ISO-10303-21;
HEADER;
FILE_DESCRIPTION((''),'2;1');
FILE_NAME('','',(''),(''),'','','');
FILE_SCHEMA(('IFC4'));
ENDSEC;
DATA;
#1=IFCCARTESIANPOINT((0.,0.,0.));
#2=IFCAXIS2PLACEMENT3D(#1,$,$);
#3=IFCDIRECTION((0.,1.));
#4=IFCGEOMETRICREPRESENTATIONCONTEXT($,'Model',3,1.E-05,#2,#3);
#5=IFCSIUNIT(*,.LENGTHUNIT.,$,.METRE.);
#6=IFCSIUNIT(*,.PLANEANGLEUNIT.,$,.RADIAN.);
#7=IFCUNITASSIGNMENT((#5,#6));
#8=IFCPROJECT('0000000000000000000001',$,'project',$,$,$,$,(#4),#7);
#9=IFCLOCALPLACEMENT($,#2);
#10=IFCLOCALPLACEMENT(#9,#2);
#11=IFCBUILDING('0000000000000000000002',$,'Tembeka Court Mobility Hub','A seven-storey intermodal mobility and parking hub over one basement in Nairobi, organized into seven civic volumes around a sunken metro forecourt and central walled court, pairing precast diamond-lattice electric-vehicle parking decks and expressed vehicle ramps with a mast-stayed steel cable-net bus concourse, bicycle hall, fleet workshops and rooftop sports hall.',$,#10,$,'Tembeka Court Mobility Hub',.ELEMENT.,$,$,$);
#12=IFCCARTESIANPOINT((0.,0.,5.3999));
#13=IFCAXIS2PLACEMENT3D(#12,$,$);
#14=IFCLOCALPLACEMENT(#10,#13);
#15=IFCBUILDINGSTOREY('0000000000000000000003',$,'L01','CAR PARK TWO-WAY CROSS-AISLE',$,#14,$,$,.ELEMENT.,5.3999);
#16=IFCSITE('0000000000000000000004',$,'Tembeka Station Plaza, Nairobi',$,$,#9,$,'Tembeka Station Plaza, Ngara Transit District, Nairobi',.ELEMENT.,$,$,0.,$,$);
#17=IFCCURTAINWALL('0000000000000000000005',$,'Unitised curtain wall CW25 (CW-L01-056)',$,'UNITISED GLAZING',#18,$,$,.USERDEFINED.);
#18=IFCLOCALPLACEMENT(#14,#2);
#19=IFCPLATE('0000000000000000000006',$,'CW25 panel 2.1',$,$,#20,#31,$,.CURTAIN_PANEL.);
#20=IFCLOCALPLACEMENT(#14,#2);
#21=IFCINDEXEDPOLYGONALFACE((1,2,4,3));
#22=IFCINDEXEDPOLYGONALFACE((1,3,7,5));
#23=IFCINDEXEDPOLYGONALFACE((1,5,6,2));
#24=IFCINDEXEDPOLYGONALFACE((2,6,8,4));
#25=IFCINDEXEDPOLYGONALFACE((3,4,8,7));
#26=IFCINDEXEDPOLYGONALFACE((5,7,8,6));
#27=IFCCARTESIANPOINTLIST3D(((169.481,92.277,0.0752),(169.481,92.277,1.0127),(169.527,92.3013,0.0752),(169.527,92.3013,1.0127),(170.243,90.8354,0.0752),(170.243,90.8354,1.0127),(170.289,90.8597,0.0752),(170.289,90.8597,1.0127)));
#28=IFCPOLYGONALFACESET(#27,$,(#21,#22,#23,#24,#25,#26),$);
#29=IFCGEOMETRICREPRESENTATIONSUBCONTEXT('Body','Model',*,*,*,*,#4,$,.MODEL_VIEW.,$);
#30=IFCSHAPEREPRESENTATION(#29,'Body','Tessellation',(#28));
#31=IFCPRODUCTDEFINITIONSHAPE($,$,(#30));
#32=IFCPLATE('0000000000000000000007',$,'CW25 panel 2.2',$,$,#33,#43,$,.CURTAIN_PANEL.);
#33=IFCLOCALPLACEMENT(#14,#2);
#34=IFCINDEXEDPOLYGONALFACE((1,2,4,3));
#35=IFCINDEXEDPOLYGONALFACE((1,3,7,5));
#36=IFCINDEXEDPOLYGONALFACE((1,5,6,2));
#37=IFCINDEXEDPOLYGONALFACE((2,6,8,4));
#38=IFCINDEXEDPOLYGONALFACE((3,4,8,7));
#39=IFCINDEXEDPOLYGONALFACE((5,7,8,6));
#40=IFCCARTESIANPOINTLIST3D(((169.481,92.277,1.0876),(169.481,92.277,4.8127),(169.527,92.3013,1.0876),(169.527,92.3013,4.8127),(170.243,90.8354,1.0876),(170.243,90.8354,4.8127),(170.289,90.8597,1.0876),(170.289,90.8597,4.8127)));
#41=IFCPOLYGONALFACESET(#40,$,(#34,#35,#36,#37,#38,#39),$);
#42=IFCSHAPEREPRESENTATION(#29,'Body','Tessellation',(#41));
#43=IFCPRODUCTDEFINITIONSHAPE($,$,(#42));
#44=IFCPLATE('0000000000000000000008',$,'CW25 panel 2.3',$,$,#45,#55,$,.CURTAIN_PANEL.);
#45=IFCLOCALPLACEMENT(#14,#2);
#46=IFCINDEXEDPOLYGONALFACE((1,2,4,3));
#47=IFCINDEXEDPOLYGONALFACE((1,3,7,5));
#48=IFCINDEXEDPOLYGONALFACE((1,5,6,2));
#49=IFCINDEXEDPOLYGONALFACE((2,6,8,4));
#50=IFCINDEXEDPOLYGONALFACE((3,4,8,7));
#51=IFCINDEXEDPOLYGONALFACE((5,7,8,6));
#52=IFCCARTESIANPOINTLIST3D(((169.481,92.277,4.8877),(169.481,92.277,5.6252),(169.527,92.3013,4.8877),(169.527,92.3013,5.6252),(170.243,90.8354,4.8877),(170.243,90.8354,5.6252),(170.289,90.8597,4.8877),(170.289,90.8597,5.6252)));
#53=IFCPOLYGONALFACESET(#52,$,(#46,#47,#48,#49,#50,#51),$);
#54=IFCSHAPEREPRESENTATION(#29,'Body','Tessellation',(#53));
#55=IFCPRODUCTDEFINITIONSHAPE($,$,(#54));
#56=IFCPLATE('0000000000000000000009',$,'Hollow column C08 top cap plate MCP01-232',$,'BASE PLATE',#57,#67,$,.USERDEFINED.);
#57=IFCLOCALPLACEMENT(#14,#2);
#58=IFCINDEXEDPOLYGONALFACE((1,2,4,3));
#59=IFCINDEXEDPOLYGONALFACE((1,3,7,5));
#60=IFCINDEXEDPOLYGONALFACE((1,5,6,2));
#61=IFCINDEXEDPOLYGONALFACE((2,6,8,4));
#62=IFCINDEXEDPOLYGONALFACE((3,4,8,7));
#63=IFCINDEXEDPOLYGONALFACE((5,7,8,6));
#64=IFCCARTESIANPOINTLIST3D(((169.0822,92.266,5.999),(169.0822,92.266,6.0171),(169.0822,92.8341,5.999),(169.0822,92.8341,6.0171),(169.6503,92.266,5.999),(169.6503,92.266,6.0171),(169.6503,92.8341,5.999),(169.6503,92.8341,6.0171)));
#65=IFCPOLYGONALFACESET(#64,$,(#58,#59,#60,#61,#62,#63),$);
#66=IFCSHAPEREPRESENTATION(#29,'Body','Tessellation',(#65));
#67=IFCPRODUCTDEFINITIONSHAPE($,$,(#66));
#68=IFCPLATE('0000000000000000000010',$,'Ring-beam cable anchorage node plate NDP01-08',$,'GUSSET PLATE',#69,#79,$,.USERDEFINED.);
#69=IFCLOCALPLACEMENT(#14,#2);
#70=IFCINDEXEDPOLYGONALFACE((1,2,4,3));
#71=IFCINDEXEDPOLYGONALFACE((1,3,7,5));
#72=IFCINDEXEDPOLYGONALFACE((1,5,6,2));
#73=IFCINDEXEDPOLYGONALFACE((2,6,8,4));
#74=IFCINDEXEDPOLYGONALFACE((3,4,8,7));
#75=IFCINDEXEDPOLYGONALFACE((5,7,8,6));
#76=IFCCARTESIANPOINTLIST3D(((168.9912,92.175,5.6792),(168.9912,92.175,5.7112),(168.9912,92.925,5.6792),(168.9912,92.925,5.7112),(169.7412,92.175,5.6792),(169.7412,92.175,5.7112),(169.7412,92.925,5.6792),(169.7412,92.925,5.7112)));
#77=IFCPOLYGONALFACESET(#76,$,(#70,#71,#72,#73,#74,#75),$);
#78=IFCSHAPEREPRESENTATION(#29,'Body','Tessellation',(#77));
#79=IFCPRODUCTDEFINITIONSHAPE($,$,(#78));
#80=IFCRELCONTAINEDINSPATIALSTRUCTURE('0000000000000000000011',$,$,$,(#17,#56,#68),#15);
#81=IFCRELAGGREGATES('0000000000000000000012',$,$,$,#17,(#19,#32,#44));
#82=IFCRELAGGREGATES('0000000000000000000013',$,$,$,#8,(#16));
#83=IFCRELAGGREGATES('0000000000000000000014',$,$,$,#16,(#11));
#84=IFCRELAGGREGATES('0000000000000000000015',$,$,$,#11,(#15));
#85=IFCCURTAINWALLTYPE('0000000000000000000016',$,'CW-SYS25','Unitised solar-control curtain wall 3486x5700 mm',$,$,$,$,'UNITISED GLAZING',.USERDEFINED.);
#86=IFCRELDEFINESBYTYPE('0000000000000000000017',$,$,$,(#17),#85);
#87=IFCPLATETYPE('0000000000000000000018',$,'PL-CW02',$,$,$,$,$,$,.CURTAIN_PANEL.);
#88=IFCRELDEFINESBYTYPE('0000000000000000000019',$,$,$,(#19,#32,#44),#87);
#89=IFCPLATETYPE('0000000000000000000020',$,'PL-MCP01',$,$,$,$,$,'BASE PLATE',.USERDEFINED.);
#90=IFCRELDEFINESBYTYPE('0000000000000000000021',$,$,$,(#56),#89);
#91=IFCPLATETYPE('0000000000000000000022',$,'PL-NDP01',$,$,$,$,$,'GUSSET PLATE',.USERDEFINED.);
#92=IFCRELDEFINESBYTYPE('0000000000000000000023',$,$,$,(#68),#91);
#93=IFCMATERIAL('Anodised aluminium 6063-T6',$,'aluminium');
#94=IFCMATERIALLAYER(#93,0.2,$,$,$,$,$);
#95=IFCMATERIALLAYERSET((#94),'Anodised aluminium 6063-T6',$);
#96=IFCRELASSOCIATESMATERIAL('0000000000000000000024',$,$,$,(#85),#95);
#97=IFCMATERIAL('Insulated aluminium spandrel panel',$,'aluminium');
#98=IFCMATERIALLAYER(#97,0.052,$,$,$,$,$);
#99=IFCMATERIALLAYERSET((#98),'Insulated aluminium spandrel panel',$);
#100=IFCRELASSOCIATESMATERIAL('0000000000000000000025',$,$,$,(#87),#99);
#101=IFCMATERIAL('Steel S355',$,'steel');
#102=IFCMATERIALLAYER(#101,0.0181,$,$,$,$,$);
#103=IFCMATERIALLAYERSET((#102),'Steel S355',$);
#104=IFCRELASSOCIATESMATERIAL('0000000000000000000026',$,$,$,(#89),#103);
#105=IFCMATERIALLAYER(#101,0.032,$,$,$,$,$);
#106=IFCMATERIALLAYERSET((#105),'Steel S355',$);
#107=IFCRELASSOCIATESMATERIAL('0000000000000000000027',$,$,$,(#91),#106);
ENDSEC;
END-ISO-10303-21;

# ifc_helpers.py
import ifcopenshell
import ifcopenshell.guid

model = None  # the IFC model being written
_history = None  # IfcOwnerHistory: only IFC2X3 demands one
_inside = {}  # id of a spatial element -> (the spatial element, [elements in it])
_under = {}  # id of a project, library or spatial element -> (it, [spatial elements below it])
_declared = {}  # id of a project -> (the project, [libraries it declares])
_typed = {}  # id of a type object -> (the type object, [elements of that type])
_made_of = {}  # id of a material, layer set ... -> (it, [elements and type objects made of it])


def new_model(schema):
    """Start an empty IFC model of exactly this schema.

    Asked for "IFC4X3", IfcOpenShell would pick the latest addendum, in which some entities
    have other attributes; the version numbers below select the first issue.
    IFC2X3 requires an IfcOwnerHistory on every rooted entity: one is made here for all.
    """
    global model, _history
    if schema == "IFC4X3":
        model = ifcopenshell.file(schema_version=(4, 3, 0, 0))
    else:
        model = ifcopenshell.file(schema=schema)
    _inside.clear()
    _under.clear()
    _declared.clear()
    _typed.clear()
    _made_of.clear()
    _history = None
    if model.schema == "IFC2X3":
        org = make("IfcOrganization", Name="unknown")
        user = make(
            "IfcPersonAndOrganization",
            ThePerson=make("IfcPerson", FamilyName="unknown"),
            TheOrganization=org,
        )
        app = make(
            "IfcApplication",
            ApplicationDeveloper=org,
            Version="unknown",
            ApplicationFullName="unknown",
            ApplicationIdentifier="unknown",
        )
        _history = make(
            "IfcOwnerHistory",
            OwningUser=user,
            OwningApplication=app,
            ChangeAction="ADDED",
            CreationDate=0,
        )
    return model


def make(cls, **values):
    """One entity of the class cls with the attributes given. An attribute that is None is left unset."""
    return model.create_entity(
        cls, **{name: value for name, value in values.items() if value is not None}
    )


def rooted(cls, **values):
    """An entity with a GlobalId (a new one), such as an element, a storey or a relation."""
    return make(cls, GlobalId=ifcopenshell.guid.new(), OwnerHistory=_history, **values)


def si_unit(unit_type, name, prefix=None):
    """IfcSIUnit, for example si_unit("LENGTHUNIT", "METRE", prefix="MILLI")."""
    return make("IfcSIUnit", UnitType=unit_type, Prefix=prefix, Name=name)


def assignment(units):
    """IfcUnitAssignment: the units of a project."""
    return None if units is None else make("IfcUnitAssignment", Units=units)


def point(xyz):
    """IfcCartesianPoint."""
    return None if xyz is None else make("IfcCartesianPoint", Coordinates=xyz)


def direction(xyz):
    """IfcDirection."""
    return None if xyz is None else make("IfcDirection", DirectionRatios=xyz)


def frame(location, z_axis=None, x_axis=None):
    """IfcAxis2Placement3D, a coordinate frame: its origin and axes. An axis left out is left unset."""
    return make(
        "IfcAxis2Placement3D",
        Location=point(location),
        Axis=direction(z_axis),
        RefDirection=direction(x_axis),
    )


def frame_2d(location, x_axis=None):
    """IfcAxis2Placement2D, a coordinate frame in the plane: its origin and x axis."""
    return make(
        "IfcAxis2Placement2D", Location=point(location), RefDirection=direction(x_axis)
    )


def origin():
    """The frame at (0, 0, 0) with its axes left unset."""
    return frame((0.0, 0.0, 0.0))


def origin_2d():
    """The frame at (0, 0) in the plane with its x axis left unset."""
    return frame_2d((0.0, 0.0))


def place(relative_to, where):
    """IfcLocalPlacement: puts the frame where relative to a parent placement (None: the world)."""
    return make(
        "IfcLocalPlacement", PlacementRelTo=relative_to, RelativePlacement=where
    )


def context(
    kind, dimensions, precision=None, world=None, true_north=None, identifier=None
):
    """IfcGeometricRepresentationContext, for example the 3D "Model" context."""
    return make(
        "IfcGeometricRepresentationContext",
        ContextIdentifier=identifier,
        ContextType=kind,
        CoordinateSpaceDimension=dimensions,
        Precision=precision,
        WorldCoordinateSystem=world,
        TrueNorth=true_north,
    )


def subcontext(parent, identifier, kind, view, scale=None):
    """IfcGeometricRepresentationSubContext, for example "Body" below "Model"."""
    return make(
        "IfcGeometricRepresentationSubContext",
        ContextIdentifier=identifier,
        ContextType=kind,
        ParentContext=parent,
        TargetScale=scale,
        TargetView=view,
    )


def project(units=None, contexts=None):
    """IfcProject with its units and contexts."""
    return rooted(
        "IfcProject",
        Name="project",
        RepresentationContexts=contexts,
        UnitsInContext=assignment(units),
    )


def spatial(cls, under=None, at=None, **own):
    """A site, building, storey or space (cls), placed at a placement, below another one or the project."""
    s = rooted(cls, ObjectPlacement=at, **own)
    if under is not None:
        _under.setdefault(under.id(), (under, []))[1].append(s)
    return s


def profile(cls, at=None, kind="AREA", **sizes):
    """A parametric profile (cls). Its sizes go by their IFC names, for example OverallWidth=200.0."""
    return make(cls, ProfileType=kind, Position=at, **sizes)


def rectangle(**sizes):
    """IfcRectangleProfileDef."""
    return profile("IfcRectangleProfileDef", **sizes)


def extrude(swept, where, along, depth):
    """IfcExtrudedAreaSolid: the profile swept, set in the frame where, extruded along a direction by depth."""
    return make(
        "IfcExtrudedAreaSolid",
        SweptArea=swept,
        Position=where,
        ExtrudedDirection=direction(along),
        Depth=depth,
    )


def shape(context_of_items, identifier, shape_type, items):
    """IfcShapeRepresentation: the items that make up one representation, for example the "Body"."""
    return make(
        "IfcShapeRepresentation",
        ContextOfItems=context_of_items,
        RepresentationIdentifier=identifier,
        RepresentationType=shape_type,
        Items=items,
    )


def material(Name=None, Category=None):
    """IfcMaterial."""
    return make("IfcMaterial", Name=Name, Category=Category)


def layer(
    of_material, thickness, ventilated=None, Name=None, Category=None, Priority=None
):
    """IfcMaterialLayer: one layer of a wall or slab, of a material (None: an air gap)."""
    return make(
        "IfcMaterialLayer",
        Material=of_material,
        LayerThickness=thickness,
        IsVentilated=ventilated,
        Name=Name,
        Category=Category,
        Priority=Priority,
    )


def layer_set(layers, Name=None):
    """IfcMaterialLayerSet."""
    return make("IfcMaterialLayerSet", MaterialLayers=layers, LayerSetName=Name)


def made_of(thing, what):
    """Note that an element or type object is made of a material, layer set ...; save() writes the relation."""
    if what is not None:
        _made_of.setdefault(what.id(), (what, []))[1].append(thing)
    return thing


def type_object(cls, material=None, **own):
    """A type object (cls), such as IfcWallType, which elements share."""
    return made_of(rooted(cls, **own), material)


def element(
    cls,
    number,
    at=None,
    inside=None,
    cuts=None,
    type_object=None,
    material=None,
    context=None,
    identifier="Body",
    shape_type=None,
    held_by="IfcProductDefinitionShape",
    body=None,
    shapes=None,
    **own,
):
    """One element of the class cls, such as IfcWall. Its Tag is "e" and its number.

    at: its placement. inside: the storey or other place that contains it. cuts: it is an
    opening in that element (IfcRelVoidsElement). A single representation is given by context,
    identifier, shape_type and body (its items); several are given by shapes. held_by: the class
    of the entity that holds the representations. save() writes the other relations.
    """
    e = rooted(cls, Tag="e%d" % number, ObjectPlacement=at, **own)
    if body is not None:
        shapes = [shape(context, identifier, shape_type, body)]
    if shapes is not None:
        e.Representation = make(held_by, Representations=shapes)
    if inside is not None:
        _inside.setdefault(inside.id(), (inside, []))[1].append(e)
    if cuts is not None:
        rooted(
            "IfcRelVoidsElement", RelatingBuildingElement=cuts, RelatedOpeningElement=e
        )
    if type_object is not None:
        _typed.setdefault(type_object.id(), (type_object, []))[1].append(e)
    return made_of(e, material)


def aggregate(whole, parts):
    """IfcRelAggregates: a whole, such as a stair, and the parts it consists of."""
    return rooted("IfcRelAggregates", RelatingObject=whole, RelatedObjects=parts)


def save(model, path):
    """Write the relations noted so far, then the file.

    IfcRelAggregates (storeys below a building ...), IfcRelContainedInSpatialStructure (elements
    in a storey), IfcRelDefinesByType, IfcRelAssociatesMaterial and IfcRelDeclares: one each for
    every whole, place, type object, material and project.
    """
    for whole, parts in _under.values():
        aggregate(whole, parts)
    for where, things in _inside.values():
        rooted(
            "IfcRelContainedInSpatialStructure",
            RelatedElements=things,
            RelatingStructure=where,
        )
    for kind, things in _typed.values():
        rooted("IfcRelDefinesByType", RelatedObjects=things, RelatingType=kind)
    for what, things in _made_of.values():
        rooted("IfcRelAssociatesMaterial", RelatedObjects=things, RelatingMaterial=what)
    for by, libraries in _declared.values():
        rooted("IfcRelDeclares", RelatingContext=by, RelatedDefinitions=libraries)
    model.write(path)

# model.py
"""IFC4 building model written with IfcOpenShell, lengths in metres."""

from ifc_helpers import new_model, si_unit, direction, frame, origin, origin_2d, place, context, subcontext, project, spatial, rectangle, extrude, material, layer, layer_set, type_object, element, aggregate, save


model = new_model("IFC4")

# Units and contexts
model_context = context("Model", 3, precision=1e-05, world=origin(), true_north=direction((0.0, 1.0)))
body_context = subcontext(model_context, "Body", "Model", "MODEL_VIEW")
ifc_project = project(units=[si_unit("LENGTHUNIT", "METRE"), si_unit("PLANEANGLEUNIT", "RADIAN")], contexts=[model_context])

# Site, building, storey
site_placement = place(None, origin())
site = spatial("IfcSite", under=ifc_project, at=site_placement, Name="Tembeka Station Plaza, Nairobi", LongName="Tembeka Station Plaza, Ngara Transit District, Nairobi", CompositionType="ELEMENT", RefElevation=0.0)
building_placement = place(site_placement, origin())
building = spatial("IfcBuilding", under=site, at=building_placement, Name="Tembeka Court Mobility Hub", Description="A seven-storey intermodal mobility and parking hub over one basement in Nairobi, organized into seven civic volumes around a sunken metro forecourt and central walled court, pairing precast diamond-lattice electric-vehicle parking decks and expressed vehicle ramps with a mast-stayed steel cable-net bus concourse, bicycle hall, fleet workshops and rooftop sports hall.", LongName="Tembeka Court Mobility Hub", CompositionType="ELEMENT")
storey_placement = place(building_placement, frame((0.0, 0.0, 5.3999)))
storey = spatial("IfcBuildingStorey", under=building, at=storey_placement, Name="L01", Description="CAR PARK TWO-WAY CROSS-AISLE", CompositionType="ELEMENT", Elevation=5.3999)

# Shared definitions
ifc_material_1 = material(Name="Steel S355", Category="steel")

# Curtain wall
ifc_material_2 = material(Name="Anodised aluminium 6063-T6", Category="aluminium")
ifc_layer_1 = layer(ifc_material_2, 0.2)
ifc_layer_set_1 = layer_set([ifc_layer_1], Name="Anodised aluminium 6063-T6")
curtain_wall_type = type_object("IfcCurtainWallType", Name="CW-SYS25", Description="Unitised solar-control curtain wall 3486x5700 mm", ElementType="UNITISED GLAZING", PredefinedType="USERDEFINED", material=ifc_layer_set_1)
curtain_wall_1_placement = place(storey_placement, origin())
curtain_wall_1 = element("IfcCurtainWall", 1, at=curtain_wall_1_placement, inside=storey, type_object=curtain_wall_type, Name="Unitised curtain wall CW25 (CW-L01-056)", ObjectType="UNITISED GLAZING", PredefinedType="USERDEFINED")

# Plates
ifc_material_3 = material(Name="Insulated aluminium spandrel panel", Category="aluminium")
ifc_layer_2 = layer(ifc_material_3, 0.052)
ifc_layer_set_2 = layer_set([ifc_layer_2], Name="Insulated aluminium spandrel panel")
plate_type_1 = type_object("IfcPlateType", Name="PL-CW02", PredefinedType="CURTAIN_PANEL", material=ifc_layer_set_2)
plate_1_placement = place(storey_placement, frame((169.885, 91.5684, 0.0752), z_axis=(0.0, 0.0, 1.0), x_axis=(-0.467283, 0.884108, 0.0)))
plate_1 = element("IfcPlate", 2, at=plate_1_placement, type_object=plate_type_1, Name="CW25 panel 2.1", PredefinedType="CURTAIN_PANEL", context=body_context, shape_type="SweptSolid", body=[
    extrude(rectangle(XDim=1.6306, YDim=0.052, at=origin_2d()), origin(), (0.0, 0.0, 1.0), 0.9375),
])
plate_2_placement = place(storey_placement, frame((169.885, 91.5684, 1.0876), z_axis=(0.0, 0.0, 1.0), x_axis=(-0.467283, 0.884108, 0.0)))
plate_2 = element("IfcPlate", 3, at=plate_2_placement, type_object=plate_type_1, Name="CW25 panel 2.2", PredefinedType="CURTAIN_PANEL", context=body_context, shape_type="SweptSolid", body=[
    extrude(rectangle(XDim=1.6306, YDim=0.052, at=origin_2d()), origin(), (0.0, 0.0, 1.0), 3.7251),
])
plate_3_placement = place(storey_placement, frame((169.885, 91.5684, 4.8877), z_axis=(0.0, 0.0, 1.0), x_axis=(-0.467283, 0.884108, 0.0)))
plate_3 = element("IfcPlate", 4, at=plate_3_placement, type_object=plate_type_1, Name="CW25 panel 2.3", PredefinedType="CURTAIN_PANEL", context=body_context, shape_type="SweptSolid", body=[
    extrude(rectangle(XDim=1.6306, YDim=0.052, at=origin_2d()), origin(), (0.0, 0.0, 1.0), 0.7375),
])
aggregate(curtain_wall_1, [plate_1, plate_2, plate_3])

# Plates
ifc_layer_3 = layer(ifc_material_1, 0.0181)
ifc_layer_set_3 = layer_set([ifc_layer_3], Name="Steel S355")
plate_type_2 = type_object("IfcPlateType", Name="PL-MCP01", ElementType="BASE PLATE", PredefinedType="USERDEFINED", material=ifc_layer_set_3)
plate_4_placement = place(storey_placement, frame((169.3662, 92.55, 5.999), z_axis=(0.0, 0.0, 1.0), x_axis=(1.0, 0.0, 0.0)))
element("IfcPlate", 5, at=plate_4_placement, inside=storey, type_object=plate_type_2, Name="Hollow column C08 top cap plate MCP01-232", ObjectType="BASE PLATE", PredefinedType="USERDEFINED", context=body_context, shape_type="SweptSolid", body=[
    extrude(rectangle(XDim=0.5681, YDim=0.5681, at=origin_2d()), origin(), (0.0, 0.0, 1.0), 0.0181),
])
ifc_layer_4 = layer(ifc_material_1, 0.032)
ifc_layer_set_4 = layer_set([ifc_layer_4], Name="Steel S355")
plate_type_3 = type_object("IfcPlateType", Name="PL-NDP01", ElementType="GUSSET PLATE", PredefinedType="USERDEFINED", material=ifc_layer_set_4)
plate_5_placement = place(storey_placement, frame((169.3662, 92.55, 5.6792), z_axis=(0.0, 0.0, 1.0), x_axis=(1.0, 0.0, 0.0)))
element("IfcPlate", 6, at=plate_5_placement, inside=storey, type_object=plate_type_3, Name="Ring-beam cable anchorage node plate NDP01-08", ObjectType="GUSSET PLATE", PredefinedType="USERDEFINED", context=body_context, shape_type="SweptSolid", body=[
    extrude(rectangle(XDim=0.75, YDim=0.75, at=origin_2d()), origin(), (0.0, 0.0, 1.0), 0.032),
])

save(model, "model.ifc")
